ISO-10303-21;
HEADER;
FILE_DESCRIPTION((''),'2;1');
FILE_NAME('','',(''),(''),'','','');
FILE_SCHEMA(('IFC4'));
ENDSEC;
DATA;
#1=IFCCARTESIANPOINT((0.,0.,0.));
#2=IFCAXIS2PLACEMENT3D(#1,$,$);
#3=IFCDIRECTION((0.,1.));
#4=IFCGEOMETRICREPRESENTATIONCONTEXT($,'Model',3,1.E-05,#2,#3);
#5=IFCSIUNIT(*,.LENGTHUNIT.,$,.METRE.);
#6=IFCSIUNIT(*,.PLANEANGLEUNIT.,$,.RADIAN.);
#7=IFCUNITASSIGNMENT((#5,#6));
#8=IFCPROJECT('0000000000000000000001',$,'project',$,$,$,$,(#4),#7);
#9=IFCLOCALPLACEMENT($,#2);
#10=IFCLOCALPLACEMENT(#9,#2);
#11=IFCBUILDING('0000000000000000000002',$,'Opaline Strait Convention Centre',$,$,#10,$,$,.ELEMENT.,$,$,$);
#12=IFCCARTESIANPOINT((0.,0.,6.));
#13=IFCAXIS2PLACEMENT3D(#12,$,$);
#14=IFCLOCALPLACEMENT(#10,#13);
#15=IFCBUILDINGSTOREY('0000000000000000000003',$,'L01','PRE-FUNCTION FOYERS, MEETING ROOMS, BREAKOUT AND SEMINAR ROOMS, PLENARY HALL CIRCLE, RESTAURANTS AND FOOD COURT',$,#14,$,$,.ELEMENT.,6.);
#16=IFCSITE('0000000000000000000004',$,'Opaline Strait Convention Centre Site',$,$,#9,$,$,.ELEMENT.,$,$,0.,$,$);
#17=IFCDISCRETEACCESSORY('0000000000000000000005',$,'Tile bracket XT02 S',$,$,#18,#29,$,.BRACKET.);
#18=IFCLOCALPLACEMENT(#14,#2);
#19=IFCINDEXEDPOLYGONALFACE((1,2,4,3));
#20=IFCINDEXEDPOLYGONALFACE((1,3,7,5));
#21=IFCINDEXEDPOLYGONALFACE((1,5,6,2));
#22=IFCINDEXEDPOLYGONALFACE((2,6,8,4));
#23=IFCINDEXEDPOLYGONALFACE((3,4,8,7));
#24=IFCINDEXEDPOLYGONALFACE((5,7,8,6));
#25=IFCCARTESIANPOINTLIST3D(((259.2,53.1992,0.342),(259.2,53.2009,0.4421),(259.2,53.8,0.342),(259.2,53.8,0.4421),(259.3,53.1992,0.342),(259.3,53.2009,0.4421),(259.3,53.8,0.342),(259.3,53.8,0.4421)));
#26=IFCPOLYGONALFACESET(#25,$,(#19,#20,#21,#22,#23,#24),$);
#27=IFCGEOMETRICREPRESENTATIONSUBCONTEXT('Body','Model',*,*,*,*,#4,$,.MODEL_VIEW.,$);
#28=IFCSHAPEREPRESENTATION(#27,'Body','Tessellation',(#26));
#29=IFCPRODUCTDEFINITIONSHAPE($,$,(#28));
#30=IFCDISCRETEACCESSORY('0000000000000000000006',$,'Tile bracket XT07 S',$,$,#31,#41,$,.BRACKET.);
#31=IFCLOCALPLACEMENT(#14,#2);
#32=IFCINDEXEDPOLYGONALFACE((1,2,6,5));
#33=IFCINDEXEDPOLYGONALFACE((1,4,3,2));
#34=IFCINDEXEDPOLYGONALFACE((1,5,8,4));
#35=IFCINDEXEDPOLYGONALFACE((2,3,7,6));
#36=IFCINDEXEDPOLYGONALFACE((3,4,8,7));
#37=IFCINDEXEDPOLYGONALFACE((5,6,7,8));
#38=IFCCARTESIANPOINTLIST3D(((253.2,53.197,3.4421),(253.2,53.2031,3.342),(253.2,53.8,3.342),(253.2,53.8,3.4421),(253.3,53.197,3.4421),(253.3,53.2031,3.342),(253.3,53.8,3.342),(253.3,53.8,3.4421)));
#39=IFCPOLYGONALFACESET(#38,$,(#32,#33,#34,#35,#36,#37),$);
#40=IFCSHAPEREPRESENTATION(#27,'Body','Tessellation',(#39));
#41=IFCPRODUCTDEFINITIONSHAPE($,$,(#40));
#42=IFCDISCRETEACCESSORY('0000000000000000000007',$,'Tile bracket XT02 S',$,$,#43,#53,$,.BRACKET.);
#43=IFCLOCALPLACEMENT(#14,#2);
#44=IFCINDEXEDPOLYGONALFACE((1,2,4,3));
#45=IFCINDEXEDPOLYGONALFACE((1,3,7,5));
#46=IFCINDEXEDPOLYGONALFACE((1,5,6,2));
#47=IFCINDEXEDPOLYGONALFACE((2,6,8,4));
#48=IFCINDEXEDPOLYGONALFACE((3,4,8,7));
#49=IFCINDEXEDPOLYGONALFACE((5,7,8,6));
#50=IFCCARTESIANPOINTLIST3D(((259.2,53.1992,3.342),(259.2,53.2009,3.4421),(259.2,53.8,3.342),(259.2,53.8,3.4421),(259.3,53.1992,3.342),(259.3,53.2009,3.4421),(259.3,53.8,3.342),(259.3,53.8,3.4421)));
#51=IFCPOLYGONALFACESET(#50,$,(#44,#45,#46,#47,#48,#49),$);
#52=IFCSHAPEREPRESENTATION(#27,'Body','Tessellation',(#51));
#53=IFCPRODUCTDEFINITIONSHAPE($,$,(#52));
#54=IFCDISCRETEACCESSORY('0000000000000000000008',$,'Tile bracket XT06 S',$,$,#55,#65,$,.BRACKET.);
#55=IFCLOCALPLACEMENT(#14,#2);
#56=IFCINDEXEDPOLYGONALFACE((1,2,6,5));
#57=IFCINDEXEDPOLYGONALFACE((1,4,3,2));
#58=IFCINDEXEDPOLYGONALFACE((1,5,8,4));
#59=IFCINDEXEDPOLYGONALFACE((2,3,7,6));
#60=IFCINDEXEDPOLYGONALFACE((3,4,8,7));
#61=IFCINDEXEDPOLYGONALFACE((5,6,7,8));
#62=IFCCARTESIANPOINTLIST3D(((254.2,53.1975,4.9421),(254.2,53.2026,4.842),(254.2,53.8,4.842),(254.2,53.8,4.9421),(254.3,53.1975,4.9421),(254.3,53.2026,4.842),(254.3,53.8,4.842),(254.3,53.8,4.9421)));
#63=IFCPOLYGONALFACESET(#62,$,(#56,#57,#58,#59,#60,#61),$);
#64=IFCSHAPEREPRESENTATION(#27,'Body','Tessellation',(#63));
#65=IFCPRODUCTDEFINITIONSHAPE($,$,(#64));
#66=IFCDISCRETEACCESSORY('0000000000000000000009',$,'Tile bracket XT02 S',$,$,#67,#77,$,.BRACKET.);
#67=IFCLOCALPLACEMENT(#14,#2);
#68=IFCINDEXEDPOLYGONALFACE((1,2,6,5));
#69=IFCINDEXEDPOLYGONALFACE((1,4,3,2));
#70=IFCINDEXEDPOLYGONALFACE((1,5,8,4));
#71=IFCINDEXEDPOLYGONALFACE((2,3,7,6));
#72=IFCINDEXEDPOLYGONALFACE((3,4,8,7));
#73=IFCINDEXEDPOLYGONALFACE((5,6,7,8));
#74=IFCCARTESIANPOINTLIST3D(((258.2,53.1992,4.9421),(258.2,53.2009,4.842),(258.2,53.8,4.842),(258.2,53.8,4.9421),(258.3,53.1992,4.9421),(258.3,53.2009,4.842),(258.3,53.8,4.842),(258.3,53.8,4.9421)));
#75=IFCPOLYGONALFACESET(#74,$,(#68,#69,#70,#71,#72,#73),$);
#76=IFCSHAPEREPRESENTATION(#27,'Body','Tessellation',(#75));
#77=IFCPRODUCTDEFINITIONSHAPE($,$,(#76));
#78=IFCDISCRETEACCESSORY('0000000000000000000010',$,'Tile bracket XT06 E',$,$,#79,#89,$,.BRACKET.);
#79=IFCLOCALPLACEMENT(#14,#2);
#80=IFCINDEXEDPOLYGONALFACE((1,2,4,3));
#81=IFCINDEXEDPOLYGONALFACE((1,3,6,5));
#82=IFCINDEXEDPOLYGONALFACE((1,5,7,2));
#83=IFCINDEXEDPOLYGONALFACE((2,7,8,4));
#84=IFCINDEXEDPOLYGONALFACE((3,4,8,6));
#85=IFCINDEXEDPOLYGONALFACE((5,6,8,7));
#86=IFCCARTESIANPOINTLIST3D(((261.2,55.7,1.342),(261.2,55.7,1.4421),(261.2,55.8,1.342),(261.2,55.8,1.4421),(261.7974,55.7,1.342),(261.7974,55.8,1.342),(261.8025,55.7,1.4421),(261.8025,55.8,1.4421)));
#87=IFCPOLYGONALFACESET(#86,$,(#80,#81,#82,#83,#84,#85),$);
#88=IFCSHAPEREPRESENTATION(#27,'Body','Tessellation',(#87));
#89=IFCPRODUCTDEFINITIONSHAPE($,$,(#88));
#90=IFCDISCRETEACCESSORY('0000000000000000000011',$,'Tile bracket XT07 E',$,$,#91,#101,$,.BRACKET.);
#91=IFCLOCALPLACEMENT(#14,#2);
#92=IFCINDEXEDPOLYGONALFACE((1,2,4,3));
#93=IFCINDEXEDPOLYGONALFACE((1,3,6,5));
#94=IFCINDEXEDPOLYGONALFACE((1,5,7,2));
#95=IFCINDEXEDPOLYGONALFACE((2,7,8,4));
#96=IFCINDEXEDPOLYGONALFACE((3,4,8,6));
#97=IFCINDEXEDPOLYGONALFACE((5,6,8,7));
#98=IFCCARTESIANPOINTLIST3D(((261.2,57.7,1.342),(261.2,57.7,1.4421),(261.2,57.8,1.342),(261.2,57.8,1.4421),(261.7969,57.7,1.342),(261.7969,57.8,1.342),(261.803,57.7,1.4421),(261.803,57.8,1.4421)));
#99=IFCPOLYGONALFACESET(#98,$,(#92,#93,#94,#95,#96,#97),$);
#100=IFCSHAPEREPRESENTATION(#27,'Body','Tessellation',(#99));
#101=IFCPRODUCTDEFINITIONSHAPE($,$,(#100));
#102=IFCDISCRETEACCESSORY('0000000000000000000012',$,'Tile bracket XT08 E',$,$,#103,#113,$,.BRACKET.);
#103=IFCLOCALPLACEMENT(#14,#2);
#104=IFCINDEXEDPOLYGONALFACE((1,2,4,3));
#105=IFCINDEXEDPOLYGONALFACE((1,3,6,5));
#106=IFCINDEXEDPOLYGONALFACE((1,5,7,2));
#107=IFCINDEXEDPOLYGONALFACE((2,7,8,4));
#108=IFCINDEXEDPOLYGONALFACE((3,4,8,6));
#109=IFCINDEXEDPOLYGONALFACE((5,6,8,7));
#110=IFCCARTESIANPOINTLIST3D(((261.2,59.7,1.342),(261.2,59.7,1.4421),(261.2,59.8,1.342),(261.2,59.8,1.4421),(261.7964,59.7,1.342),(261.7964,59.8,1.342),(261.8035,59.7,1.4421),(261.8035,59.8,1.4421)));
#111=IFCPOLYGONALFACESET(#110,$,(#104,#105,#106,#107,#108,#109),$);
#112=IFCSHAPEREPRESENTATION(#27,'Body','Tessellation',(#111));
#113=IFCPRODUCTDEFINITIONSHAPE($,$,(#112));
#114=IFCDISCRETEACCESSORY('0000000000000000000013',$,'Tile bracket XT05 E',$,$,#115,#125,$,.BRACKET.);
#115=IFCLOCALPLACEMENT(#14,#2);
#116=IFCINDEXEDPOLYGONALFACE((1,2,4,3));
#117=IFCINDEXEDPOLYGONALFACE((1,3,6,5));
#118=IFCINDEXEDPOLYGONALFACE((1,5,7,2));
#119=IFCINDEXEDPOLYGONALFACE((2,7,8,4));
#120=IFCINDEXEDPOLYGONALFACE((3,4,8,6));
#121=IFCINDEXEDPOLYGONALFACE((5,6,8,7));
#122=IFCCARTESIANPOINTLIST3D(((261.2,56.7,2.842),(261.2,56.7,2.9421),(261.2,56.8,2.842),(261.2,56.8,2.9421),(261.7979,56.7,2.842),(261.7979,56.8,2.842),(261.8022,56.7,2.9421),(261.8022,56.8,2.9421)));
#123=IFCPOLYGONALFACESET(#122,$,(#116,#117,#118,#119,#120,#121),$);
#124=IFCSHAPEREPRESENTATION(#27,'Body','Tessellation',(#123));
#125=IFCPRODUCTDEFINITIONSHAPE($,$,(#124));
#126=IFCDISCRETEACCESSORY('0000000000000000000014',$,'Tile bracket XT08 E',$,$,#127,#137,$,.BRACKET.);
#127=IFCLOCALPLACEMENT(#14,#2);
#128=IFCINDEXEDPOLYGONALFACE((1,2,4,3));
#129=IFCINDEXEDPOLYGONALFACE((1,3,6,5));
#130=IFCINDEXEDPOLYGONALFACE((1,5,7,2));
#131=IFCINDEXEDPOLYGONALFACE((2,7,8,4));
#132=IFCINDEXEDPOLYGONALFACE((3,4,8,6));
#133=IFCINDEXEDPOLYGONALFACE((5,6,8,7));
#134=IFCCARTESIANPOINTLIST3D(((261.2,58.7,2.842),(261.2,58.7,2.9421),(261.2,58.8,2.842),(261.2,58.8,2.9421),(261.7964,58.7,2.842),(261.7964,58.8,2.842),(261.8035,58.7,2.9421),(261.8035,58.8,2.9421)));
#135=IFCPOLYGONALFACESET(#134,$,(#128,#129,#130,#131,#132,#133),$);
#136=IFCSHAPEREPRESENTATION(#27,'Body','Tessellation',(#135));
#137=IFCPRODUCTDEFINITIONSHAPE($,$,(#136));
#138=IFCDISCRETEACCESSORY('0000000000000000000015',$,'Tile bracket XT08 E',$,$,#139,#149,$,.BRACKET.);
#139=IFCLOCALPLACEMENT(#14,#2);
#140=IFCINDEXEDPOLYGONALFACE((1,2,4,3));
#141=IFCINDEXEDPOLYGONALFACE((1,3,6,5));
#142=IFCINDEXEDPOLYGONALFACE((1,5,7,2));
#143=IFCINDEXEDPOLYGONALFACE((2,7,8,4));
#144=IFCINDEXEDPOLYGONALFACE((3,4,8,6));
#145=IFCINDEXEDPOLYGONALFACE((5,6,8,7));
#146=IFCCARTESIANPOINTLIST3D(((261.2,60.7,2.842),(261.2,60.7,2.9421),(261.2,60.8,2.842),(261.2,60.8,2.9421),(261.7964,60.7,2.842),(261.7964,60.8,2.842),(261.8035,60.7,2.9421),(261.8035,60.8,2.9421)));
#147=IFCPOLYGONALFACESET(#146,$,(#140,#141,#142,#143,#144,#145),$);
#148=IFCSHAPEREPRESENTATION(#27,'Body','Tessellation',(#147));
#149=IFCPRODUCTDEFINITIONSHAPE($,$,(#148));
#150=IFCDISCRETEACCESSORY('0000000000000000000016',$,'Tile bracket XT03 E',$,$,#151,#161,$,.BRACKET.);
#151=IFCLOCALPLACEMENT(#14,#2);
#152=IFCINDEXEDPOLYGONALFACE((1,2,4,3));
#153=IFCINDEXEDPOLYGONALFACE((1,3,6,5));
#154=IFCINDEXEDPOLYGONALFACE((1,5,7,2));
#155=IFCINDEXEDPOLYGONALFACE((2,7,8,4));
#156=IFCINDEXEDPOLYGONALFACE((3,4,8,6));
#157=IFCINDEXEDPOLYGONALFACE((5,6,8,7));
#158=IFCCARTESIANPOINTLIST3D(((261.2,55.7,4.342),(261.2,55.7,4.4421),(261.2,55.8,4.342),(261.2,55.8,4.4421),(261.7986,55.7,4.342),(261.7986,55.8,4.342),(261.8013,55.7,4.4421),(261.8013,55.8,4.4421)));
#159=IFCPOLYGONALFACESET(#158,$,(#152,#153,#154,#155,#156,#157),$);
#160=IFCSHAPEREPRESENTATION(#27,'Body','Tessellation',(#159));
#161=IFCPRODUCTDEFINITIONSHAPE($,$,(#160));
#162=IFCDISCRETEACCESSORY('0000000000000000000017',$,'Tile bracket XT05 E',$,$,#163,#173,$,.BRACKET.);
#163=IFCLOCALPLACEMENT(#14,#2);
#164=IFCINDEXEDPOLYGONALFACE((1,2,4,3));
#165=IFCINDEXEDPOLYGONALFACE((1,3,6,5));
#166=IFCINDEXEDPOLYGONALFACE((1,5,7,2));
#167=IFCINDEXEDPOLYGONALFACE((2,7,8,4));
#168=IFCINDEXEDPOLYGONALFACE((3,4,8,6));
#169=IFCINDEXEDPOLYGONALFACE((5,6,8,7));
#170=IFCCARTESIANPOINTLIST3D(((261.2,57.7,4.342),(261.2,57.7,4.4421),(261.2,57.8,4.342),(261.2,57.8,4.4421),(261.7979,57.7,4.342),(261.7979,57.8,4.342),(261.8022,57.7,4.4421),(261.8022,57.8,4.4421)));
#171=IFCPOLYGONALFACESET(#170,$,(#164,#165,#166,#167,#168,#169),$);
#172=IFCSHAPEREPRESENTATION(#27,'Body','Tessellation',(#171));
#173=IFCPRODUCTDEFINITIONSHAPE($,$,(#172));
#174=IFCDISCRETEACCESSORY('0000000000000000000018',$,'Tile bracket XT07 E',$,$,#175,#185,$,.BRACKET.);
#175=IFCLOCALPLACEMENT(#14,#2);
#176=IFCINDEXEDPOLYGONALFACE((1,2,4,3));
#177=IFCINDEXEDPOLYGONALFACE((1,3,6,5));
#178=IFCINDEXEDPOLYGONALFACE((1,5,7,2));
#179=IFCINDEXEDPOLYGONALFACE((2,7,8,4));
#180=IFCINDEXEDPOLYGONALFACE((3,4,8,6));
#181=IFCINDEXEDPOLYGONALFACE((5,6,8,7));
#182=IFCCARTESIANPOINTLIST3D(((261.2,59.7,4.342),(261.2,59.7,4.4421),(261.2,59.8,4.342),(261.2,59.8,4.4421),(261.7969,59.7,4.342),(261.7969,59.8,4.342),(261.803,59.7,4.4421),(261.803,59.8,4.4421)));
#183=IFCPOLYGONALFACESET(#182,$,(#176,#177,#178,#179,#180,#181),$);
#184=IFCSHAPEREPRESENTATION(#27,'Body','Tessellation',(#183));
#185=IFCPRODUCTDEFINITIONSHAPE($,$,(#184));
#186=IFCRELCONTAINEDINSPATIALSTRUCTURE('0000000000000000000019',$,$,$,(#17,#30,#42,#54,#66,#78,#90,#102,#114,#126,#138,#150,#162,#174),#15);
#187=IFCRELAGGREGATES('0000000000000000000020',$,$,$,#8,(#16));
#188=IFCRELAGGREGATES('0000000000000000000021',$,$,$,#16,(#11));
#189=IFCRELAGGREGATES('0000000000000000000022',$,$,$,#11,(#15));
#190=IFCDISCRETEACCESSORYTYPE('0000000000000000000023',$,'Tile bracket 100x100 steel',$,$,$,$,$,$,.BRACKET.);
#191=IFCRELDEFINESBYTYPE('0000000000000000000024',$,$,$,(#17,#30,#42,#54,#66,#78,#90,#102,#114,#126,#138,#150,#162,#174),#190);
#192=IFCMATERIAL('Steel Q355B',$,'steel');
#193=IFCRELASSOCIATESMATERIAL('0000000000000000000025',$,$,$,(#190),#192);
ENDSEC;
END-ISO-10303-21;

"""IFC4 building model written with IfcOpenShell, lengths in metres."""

from ifc_helpers import new_model, si_unit, direction, frame, origin, place, context, subcontext, project, spatial, polyline, outline, extrude, material, type_object, element, save


model = new_model("IFC4")

# Units and contexts
model_context = context("Model", 3, precision=1e-05, world=origin(), true_north=direction((0.0, 1.0)))
body_context = subcontext(model_context, "Body", "Model", "MODEL_VIEW")
ifc_project = project(units=[si_unit("LENGTHUNIT", "METRE"), si_unit("PLANEANGLEUNIT", "RADIAN")], contexts=[model_context])

# Site, building, storey
site_placement = place(None, origin())
site = spatial("IfcSite", under=ifc_project, at=site_placement, Name="Opaline Strait Convention Centre Site", CompositionType="ELEMENT", RefElevation=0.0)
building_placement = place(site_placement, origin())
building = spatial("IfcBuilding", under=site, at=building_placement, Name="Opaline Strait Convention Centre", CompositionType="ELEMENT")
storey_placement = place(building_placement, frame((0.0, 0.0, 6.0)))
storey = spatial("IfcBuildingStorey", under=building, at=storey_placement, Name="L01", Description="PRE-FUNCTION FOYERS, MEETING ROOMS, BREAKOUT AND SEMINAR ROOMS, PLENARY HALL CIRCLE, RESTAURANTS AND FOOD COURT", CompositionType="ELEMENT", Elevation=6.0)

# Shared definitions
ifc_material_1 = material(Name="Steel Q355B", Category="steel")

# Discrete accessories
discrete_accessory_type = type_object("IfcDiscreteAccessoryType", Name="Tile bracket 100x100 steel", PredefinedType="BRACKET", material=ifc_material_1)
discrete_accessory_1_placement = place(storey_placement, frame((259.2, 53.8, 0.3921), z_axis=(1.0, 0.0, 0.0), x_axis=(0.0, 1.0, 0.0)))
element("IfcDiscreteAccessory", 1, at=discrete_accessory_1_placement, inside=storey, type_object=discrete_accessory_type, Name="Tile bracket XT02 S", PredefinedType="BRACKET", context=body_context, shape_type="SweptSolid", body=[
    extrude(outline(polyline([(0.0, -0.05), (0.0, 0.05), (-0.5991, 0.05), (-0.6008, -0.05), (0.0, -0.05)])), origin(), (0.0, 0.0, 1.0), 0.1001),
])
discrete_accessory_2_placement = place(storey_placement, frame((253.2, 53.8, 3.3921), z_axis=(1.0, 0.0, 0.0), x_axis=(0.0, 1.0, 0.0)))
element("IfcDiscreteAccessory", 2, at=discrete_accessory_2_placement, inside=storey, type_object=discrete_accessory_type, Name="Tile bracket XT07 S", PredefinedType="BRACKET", context=body_context, shape_type="SweptSolid", body=[
    extrude(outline(polyline([(0.0, -0.05), (0.0, 0.05), (-0.603, 0.05), (-0.5969, -0.05), (0.0, -0.05)])), origin(), (0.0, 0.0, 1.0), 0.1001),
])
discrete_accessory_3_placement = place(storey_placement, frame((259.2, 53.8, 3.3921), z_axis=(1.0, 0.0, 0.0), x_axis=(0.0, 1.0, 0.0)))
element("IfcDiscreteAccessory", 3, at=discrete_accessory_3_placement, inside=storey, type_object=discrete_accessory_type, Name="Tile bracket XT02 S", PredefinedType="BRACKET", context=body_context, shape_type="SweptSolid", body=[
    extrude(outline(polyline([(0.0, -0.05), (0.0, 0.05), (-0.5991, 0.05), (-0.6008, -0.05), (0.0, -0.05)])), origin(), (0.0, 0.0, 1.0), 0.1001),
])
discrete_accessory_4_placement = place(storey_placement, frame((254.2, 53.8, 4.8921), z_axis=(1.0, 0.0, 0.0), x_axis=(0.0, 1.0, 0.0)))
element("IfcDiscreteAccessory", 4, at=discrete_accessory_4_placement, inside=storey, type_object=discrete_accessory_type, Name="Tile bracket XT06 S", PredefinedType="BRACKET", context=body_context, shape_type="SweptSolid", body=[
    extrude(outline(polyline([(0.0, -0.05), (0.0, 0.05), (-0.6025, 0.05), (-0.5974, -0.05), (0.0, -0.05)])), origin(), (0.0, 0.0, 1.0), 0.1001),
])
discrete_accessory_5_placement = place(storey_placement, frame((258.2, 53.8, 4.8921), z_axis=(1.0, 0.0, 0.0), x_axis=(0.0, 1.0, 0.0)))
element("IfcDiscreteAccessory", 5, at=discrete_accessory_5_placement, inside=storey, type_object=discrete_accessory_type, Name="Tile bracket XT02 S", PredefinedType="BRACKET", context=body_context, shape_type="SweptSolid", body=[
    extrude(outline(polyline([(0.0, -0.05), (0.0, 0.05), (-0.6008, 0.05), (-0.5991, -0.05), (0.0, -0.05)])), origin(), (0.0, 0.0, 1.0), 0.1001),
])
discrete_accessory_6_placement = place(storey_placement, frame((261.2, 55.7, 1.3921), z_axis=(0.0, 1.0, 0.0), x_axis=(-1.0, 0.0, 0.0)))
element("IfcDiscreteAccessory", 6, at=discrete_accessory_6_placement, inside=storey, type_object=discrete_accessory_type, Name="Tile bracket XT06 E", PredefinedType="BRACKET", context=body_context, shape_type="SweptSolid", body=[
    extrude(outline(polyline([(0.0, -0.05), (0.0, 0.05), (-0.6025, 0.05), (-0.5974, -0.05), (0.0, -0.05)])), origin(), (0.0, 0.0, 1.0), 0.1001),
])
discrete_accessory_7_placement = place(storey_placement, frame((261.2, 57.7, 1.3921), z_axis=(0.0, 1.0, 0.0), x_axis=(-1.0, 0.0, 0.0)))
element("IfcDiscreteAccessory", 7, at=discrete_accessory_7_placement, inside=storey, type_object=discrete_accessory_type, Name="Tile bracket XT07 E", PredefinedType="BRACKET", context=body_context, shape_type="SweptSolid", body=[
    extrude(outline(polyline([(0.0, -0.05), (0.0, 0.05), (-0.603, 0.05), (-0.5969, -0.05), (0.0, -0.05)])), origin(), (0.0, 0.0, 1.0), 0.1001),
])
discrete_accessory_8_placement = place(storey_placement, frame((261.2, 59.7, 1.3921), z_axis=(0.0, 1.0, 0.0), x_axis=(-1.0, 0.0, 0.0)))
element("IfcDiscreteAccessory", 8, at=discrete_accessory_8_placement, inside=storey, type_object=discrete_accessory_type, Name="Tile bracket XT08 E", PredefinedType="BRACKET", context=body_context, shape_type="SweptSolid", body=[
    extrude(outline(polyline([(0.0, -0.05), (0.0, 0.05), (-0.6035, 0.05), (-0.5964, -0.05), (0.0, -0.05)])), origin(), (0.0, 0.0, 1.0), 0.1001),
])
discrete_accessory_9_placement = place(storey_placement, frame((261.2, 56.7, 2.8921), z_axis=(0.0, 1.0, 0.0), x_axis=(-1.0, 0.0, 0.0)))
element("IfcDiscreteAccessory", 9, at=discrete_accessory_9_placement, inside=storey, type_object=discrete_accessory_type, Name="Tile bracket XT05 E", PredefinedType="BRACKET", context=body_context, shape_type="SweptSolid", body=[
    extrude(outline(polyline([(0.0, -0.05), (0.0, 0.05), (-0.6023, 0.05), (-0.5979, -0.05), (0.0, -0.05)])), origin(), (0.0, 0.0, 1.0), 0.1001),
])
for number, where, z_axis, x_axis, name in (
    (10, (261.2, 58.7, 2.8921), (0.0, 1.0, 0.0), (-1.0, 0.0, 0.0), "Tile bracket XT08 E"),
    (11, (261.2, 60.7, 2.8921), (0.0, 1.0, 0.0), (-1.0, 0.0, 0.0), "Tile bracket XT08 E"),
):
    element("IfcDiscreteAccessory", number, at=place(storey_placement, frame(where, z_axis=z_axis, x_axis=x_axis)), inside=storey, type_object=discrete_accessory_type, Name=name, PredefinedType="BRACKET", context=body_context, shape_type="SweptSolid", body=[
        extrude(outline(polyline([(0.0, -0.05), (0.0, 0.05), (-0.6035, 0.05), (-0.5964, -0.05), (0.0, -0.05)])), origin(), (0.0, 0.0, 1.0), 0.1001),
    ])
discrete_accessory_10_placement = place(storey_placement, frame((261.2, 55.7, 4.3921), z_axis=(0.0, 1.0, 0.0), x_axis=(-1.0, 0.0, 0.0)))
element("IfcDiscreteAccessory", 12, at=discrete_accessory_10_placement, inside=storey, type_object=discrete_accessory_type, Name="Tile bracket XT03 E", PredefinedType="BRACKET", context=body_context, shape_type="SweptSolid", body=[
    extrude(outline(polyline([(0.0, -0.05), (0.0, 0.05), (-0.6013, 0.05), (-0.5986, -0.05), (0.0, -0.05)])), origin(), (0.0, 0.0, 1.0), 0.1001),
])
discrete_accessory_11_placement = place(storey_placement, frame((261.2, 57.7, 4.3921), z_axis=(0.0, 1.0, 0.0), x_axis=(-1.0, 0.0, 0.0)))
element("IfcDiscreteAccessory", 13, at=discrete_accessory_11_placement, inside=storey, type_object=discrete_accessory_type, Name="Tile bracket XT05 E", PredefinedType="BRACKET", context=body_context, shape_type="SweptSolid", body=[
    extrude(outline(polyline([(0.0, -0.05), (0.0, 0.05), (-0.6023, 0.05), (-0.5979, -0.05), (0.0, -0.05)])), origin(), (0.0, 0.0, 1.0), 0.1001),
])
discrete_accessory_12_placement = place(storey_placement, frame((261.2, 59.7, 4.3921), z_axis=(0.0, 1.0, 0.0), x_axis=(-1.0, 0.0, 0.0)))
element("IfcDiscreteAccessory", 14, at=discrete_accessory_12_placement, inside=storey, type_object=discrete_accessory_type, Name="Tile bracket XT07 E", PredefinedType="BRACKET", context=body_context, shape_type="SweptSolid", body=[
    extrude(outline(polyline([(0.0, -0.05), (0.0, 0.05), (-0.603, 0.05), (-0.5969, -0.05), (0.0, -0.05)])), origin(), (0.0, 0.0, 1.0), 0.1001),
])

save(model, "model.ifc")
